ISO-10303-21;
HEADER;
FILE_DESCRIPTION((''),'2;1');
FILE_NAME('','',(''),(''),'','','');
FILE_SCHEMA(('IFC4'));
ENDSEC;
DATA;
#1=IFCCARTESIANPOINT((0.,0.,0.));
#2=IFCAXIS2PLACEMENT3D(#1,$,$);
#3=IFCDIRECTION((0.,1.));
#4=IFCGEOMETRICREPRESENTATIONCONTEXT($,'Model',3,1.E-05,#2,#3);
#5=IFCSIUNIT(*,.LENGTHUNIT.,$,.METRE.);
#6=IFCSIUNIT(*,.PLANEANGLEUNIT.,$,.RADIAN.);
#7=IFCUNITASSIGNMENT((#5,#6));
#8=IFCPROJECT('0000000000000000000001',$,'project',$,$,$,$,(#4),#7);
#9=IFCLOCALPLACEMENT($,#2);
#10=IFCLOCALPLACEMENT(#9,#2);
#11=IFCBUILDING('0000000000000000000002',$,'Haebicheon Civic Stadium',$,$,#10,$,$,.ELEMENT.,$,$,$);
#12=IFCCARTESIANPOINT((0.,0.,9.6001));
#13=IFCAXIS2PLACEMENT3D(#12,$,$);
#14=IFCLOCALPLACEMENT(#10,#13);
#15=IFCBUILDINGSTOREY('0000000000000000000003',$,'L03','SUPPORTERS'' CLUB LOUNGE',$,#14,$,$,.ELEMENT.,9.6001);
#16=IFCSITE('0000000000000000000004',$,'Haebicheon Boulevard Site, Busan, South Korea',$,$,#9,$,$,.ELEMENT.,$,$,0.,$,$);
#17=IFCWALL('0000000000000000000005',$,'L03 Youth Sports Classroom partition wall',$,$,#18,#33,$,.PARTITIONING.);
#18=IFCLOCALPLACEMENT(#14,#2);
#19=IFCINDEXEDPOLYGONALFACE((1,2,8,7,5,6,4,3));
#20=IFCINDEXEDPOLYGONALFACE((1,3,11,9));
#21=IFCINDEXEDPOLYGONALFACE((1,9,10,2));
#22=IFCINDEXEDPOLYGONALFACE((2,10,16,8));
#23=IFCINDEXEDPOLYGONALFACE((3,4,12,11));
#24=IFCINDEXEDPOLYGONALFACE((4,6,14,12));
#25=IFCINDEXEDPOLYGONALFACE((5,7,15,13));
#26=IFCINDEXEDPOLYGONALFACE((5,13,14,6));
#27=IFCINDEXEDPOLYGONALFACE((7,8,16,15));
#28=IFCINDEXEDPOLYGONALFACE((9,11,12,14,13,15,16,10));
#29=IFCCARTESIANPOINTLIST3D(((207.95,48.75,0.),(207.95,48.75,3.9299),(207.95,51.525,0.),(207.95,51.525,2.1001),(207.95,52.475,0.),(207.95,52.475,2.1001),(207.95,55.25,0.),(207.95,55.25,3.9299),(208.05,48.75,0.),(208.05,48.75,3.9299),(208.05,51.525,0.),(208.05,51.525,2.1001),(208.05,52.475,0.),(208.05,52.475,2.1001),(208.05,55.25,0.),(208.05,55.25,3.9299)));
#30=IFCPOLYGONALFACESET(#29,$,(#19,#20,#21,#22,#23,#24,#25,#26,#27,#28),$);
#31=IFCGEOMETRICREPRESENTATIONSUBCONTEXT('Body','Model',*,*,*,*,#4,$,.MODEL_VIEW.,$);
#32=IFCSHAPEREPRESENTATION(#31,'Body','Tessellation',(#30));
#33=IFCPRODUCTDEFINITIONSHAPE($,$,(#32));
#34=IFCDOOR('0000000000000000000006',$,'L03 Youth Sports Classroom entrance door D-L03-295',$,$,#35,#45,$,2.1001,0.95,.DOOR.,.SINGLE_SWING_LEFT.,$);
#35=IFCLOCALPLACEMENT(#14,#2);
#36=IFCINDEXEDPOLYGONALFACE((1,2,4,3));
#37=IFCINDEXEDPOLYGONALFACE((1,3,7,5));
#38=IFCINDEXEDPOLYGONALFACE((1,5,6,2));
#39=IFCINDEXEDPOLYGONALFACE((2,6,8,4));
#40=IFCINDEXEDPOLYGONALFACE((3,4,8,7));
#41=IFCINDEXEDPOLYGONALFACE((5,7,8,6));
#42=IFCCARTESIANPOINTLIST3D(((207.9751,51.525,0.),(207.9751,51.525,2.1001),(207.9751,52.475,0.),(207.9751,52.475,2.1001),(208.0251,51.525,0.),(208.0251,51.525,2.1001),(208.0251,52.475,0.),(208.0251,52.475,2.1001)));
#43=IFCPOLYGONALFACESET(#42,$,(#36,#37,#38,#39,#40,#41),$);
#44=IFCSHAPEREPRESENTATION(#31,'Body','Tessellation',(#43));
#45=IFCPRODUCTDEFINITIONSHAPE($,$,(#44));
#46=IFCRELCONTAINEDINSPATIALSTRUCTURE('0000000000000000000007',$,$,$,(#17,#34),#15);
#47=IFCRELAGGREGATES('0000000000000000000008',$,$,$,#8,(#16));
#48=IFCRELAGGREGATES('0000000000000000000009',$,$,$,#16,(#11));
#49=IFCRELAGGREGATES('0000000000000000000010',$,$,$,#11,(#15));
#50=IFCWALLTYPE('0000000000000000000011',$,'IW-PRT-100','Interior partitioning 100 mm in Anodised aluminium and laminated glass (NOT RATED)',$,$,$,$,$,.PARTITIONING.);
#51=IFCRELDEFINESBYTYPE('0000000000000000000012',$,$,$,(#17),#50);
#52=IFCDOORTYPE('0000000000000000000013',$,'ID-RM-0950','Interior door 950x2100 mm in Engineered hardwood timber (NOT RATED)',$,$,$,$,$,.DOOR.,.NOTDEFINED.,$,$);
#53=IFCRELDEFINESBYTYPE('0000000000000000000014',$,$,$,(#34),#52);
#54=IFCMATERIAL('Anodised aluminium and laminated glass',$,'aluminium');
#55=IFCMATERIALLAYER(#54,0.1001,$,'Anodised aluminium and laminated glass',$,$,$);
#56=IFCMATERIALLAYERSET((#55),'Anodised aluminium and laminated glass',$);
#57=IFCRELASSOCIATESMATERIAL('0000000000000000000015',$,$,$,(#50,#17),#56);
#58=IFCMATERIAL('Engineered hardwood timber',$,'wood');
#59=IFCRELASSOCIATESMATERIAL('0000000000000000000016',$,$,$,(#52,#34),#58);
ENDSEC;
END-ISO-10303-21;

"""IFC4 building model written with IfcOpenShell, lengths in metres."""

from ifc_helpers import new_model, si_unit, direction, frame, frame_2d, origin, place, context, subcontext, project, spatial, rectangle, extrude, material, layer, layer_set, type_object, element, fill, save


model = new_model("IFC4")

# Units and contexts
model_context = context("Model", 3, precision=1e-05, world=origin(), true_north=direction((0.0, 1.0)))
body_context = subcontext(model_context, "Body", "Model", "MODEL_VIEW")
ifc_project = project(units=[si_unit("LENGTHUNIT", "METRE"), si_unit("PLANEANGLEUNIT", "RADIAN")], contexts=[model_context])

# Site, building, storey
site_placement = place(None, origin())
site = spatial("IfcSite", under=ifc_project, at=site_placement, Name="Haebicheon Boulevard Site, Busan, South Korea", CompositionType="ELEMENT", RefElevation=0.0)
building_placement = place(site_placement, origin())
building = spatial("IfcBuilding", under=site, at=building_placement, Name="Haebicheon Civic Stadium", CompositionType="ELEMENT")
storey_placement = place(building_placement, frame((0.0, 0.0, 9.6001)))
storey = spatial("IfcBuildingStorey", under=building, at=storey_placement, Name="L03", Description="SUPPORTERS' CLUB LOUNGE", CompositionType="ELEMENT", Elevation=9.6001)

# Wall, opening, door
ifc_material_1 = material(Name="Anodised aluminium and laminated glass", Category="aluminium")
ifc_layer_1 = layer(ifc_material_1, 0.1001, Name="Anodised aluminium and laminated glass")
ifc_layer_set_1 = layer_set([ifc_layer_1], Name="Anodised aluminium and laminated glass")
wall_type_1 = type_object("IfcWallType", Name="IW-PRT-100", Description="Interior partitioning 100 mm in Anodised aluminium and laminated glass (NOT RATED)", PredefinedType="PARTITIONING", material=ifc_layer_set_1)
wall_1_placement = place(storey_placement, frame((208.0, 48.75, 0.0), z_axis=(0.0, 0.0, 1.0), x_axis=(0.0, 1.0, 0.0)))
wall_1 = element("IfcWall", 1, at=wall_1_placement, inside=storey, type_object=wall_type_1, material=ifc_layer_set_1, Name="L03 Youth Sports Classroom partition wall", PredefinedType="PARTITIONING", context=body_context, shape_type="SweptSolid", body=[
    extrude(rectangle(XDim=6.5, YDim=0.1001, at=frame_2d((3.25, 0.0))), origin(), (0.0, 0.0, 1.0), 3.9299),
])
opening_1_placement = place(wall_1_placement, frame((2.7749, 0.0, 0.0)))
opening_1 = element("IfcOpeningElement", 2, at=opening_1_placement, cuts=wall_1, PredefinedType="OPENING", context=body_context, shape_type="SweptSolid", body=[
    extrude(rectangle(XDim=0.95, YDim=2.1001, at=frame_2d((0.4751, 1.05))), frame((0.0, 0.0601, 0.0), z_axis=(0.0, -1.0, 0.0), x_axis=(1.0, 0.0, 0.0)), (0.0, 0.0, 1.0), 0.1201),
])
ifc_material_2 = material(Name="Engineered hardwood timber", Category="wood")
door_type = type_object("IfcDoorType", Name="ID-RM-0950", Description="Interior door 950x2100 mm in Engineered hardwood timber (NOT RATED)", OperationType="NOTDEFINED", PredefinedType="DOOR", material=ifc_material_2)
door_placement = place(opening_1_placement, origin())
door = element("IfcDoor", 3, at=door_placement, inside=storey, type_object=door_type, material=ifc_material_2, Name="L03 Youth Sports Classroom entrance door D-L03-295", OperationType="SINGLE_SWING_LEFT", OverallHeight=2.1001, OverallWidth=0.95, PredefinedType="DOOR", context=body_context, shape_type="SweptSolid", body=[
    extrude(rectangle(XDim=0.95, YDim=2.1001, at=frame_2d((0.4751, 1.05))), frame((0.0, 0.0249, 0.0), z_axis=(0.0, -1.0, 0.0), x_axis=(1.0, 0.0, 0.0)), (0.0, 0.0, 1.0), 0.05),
])
fill(opening_1, door)

save(model, "model.ifc")
